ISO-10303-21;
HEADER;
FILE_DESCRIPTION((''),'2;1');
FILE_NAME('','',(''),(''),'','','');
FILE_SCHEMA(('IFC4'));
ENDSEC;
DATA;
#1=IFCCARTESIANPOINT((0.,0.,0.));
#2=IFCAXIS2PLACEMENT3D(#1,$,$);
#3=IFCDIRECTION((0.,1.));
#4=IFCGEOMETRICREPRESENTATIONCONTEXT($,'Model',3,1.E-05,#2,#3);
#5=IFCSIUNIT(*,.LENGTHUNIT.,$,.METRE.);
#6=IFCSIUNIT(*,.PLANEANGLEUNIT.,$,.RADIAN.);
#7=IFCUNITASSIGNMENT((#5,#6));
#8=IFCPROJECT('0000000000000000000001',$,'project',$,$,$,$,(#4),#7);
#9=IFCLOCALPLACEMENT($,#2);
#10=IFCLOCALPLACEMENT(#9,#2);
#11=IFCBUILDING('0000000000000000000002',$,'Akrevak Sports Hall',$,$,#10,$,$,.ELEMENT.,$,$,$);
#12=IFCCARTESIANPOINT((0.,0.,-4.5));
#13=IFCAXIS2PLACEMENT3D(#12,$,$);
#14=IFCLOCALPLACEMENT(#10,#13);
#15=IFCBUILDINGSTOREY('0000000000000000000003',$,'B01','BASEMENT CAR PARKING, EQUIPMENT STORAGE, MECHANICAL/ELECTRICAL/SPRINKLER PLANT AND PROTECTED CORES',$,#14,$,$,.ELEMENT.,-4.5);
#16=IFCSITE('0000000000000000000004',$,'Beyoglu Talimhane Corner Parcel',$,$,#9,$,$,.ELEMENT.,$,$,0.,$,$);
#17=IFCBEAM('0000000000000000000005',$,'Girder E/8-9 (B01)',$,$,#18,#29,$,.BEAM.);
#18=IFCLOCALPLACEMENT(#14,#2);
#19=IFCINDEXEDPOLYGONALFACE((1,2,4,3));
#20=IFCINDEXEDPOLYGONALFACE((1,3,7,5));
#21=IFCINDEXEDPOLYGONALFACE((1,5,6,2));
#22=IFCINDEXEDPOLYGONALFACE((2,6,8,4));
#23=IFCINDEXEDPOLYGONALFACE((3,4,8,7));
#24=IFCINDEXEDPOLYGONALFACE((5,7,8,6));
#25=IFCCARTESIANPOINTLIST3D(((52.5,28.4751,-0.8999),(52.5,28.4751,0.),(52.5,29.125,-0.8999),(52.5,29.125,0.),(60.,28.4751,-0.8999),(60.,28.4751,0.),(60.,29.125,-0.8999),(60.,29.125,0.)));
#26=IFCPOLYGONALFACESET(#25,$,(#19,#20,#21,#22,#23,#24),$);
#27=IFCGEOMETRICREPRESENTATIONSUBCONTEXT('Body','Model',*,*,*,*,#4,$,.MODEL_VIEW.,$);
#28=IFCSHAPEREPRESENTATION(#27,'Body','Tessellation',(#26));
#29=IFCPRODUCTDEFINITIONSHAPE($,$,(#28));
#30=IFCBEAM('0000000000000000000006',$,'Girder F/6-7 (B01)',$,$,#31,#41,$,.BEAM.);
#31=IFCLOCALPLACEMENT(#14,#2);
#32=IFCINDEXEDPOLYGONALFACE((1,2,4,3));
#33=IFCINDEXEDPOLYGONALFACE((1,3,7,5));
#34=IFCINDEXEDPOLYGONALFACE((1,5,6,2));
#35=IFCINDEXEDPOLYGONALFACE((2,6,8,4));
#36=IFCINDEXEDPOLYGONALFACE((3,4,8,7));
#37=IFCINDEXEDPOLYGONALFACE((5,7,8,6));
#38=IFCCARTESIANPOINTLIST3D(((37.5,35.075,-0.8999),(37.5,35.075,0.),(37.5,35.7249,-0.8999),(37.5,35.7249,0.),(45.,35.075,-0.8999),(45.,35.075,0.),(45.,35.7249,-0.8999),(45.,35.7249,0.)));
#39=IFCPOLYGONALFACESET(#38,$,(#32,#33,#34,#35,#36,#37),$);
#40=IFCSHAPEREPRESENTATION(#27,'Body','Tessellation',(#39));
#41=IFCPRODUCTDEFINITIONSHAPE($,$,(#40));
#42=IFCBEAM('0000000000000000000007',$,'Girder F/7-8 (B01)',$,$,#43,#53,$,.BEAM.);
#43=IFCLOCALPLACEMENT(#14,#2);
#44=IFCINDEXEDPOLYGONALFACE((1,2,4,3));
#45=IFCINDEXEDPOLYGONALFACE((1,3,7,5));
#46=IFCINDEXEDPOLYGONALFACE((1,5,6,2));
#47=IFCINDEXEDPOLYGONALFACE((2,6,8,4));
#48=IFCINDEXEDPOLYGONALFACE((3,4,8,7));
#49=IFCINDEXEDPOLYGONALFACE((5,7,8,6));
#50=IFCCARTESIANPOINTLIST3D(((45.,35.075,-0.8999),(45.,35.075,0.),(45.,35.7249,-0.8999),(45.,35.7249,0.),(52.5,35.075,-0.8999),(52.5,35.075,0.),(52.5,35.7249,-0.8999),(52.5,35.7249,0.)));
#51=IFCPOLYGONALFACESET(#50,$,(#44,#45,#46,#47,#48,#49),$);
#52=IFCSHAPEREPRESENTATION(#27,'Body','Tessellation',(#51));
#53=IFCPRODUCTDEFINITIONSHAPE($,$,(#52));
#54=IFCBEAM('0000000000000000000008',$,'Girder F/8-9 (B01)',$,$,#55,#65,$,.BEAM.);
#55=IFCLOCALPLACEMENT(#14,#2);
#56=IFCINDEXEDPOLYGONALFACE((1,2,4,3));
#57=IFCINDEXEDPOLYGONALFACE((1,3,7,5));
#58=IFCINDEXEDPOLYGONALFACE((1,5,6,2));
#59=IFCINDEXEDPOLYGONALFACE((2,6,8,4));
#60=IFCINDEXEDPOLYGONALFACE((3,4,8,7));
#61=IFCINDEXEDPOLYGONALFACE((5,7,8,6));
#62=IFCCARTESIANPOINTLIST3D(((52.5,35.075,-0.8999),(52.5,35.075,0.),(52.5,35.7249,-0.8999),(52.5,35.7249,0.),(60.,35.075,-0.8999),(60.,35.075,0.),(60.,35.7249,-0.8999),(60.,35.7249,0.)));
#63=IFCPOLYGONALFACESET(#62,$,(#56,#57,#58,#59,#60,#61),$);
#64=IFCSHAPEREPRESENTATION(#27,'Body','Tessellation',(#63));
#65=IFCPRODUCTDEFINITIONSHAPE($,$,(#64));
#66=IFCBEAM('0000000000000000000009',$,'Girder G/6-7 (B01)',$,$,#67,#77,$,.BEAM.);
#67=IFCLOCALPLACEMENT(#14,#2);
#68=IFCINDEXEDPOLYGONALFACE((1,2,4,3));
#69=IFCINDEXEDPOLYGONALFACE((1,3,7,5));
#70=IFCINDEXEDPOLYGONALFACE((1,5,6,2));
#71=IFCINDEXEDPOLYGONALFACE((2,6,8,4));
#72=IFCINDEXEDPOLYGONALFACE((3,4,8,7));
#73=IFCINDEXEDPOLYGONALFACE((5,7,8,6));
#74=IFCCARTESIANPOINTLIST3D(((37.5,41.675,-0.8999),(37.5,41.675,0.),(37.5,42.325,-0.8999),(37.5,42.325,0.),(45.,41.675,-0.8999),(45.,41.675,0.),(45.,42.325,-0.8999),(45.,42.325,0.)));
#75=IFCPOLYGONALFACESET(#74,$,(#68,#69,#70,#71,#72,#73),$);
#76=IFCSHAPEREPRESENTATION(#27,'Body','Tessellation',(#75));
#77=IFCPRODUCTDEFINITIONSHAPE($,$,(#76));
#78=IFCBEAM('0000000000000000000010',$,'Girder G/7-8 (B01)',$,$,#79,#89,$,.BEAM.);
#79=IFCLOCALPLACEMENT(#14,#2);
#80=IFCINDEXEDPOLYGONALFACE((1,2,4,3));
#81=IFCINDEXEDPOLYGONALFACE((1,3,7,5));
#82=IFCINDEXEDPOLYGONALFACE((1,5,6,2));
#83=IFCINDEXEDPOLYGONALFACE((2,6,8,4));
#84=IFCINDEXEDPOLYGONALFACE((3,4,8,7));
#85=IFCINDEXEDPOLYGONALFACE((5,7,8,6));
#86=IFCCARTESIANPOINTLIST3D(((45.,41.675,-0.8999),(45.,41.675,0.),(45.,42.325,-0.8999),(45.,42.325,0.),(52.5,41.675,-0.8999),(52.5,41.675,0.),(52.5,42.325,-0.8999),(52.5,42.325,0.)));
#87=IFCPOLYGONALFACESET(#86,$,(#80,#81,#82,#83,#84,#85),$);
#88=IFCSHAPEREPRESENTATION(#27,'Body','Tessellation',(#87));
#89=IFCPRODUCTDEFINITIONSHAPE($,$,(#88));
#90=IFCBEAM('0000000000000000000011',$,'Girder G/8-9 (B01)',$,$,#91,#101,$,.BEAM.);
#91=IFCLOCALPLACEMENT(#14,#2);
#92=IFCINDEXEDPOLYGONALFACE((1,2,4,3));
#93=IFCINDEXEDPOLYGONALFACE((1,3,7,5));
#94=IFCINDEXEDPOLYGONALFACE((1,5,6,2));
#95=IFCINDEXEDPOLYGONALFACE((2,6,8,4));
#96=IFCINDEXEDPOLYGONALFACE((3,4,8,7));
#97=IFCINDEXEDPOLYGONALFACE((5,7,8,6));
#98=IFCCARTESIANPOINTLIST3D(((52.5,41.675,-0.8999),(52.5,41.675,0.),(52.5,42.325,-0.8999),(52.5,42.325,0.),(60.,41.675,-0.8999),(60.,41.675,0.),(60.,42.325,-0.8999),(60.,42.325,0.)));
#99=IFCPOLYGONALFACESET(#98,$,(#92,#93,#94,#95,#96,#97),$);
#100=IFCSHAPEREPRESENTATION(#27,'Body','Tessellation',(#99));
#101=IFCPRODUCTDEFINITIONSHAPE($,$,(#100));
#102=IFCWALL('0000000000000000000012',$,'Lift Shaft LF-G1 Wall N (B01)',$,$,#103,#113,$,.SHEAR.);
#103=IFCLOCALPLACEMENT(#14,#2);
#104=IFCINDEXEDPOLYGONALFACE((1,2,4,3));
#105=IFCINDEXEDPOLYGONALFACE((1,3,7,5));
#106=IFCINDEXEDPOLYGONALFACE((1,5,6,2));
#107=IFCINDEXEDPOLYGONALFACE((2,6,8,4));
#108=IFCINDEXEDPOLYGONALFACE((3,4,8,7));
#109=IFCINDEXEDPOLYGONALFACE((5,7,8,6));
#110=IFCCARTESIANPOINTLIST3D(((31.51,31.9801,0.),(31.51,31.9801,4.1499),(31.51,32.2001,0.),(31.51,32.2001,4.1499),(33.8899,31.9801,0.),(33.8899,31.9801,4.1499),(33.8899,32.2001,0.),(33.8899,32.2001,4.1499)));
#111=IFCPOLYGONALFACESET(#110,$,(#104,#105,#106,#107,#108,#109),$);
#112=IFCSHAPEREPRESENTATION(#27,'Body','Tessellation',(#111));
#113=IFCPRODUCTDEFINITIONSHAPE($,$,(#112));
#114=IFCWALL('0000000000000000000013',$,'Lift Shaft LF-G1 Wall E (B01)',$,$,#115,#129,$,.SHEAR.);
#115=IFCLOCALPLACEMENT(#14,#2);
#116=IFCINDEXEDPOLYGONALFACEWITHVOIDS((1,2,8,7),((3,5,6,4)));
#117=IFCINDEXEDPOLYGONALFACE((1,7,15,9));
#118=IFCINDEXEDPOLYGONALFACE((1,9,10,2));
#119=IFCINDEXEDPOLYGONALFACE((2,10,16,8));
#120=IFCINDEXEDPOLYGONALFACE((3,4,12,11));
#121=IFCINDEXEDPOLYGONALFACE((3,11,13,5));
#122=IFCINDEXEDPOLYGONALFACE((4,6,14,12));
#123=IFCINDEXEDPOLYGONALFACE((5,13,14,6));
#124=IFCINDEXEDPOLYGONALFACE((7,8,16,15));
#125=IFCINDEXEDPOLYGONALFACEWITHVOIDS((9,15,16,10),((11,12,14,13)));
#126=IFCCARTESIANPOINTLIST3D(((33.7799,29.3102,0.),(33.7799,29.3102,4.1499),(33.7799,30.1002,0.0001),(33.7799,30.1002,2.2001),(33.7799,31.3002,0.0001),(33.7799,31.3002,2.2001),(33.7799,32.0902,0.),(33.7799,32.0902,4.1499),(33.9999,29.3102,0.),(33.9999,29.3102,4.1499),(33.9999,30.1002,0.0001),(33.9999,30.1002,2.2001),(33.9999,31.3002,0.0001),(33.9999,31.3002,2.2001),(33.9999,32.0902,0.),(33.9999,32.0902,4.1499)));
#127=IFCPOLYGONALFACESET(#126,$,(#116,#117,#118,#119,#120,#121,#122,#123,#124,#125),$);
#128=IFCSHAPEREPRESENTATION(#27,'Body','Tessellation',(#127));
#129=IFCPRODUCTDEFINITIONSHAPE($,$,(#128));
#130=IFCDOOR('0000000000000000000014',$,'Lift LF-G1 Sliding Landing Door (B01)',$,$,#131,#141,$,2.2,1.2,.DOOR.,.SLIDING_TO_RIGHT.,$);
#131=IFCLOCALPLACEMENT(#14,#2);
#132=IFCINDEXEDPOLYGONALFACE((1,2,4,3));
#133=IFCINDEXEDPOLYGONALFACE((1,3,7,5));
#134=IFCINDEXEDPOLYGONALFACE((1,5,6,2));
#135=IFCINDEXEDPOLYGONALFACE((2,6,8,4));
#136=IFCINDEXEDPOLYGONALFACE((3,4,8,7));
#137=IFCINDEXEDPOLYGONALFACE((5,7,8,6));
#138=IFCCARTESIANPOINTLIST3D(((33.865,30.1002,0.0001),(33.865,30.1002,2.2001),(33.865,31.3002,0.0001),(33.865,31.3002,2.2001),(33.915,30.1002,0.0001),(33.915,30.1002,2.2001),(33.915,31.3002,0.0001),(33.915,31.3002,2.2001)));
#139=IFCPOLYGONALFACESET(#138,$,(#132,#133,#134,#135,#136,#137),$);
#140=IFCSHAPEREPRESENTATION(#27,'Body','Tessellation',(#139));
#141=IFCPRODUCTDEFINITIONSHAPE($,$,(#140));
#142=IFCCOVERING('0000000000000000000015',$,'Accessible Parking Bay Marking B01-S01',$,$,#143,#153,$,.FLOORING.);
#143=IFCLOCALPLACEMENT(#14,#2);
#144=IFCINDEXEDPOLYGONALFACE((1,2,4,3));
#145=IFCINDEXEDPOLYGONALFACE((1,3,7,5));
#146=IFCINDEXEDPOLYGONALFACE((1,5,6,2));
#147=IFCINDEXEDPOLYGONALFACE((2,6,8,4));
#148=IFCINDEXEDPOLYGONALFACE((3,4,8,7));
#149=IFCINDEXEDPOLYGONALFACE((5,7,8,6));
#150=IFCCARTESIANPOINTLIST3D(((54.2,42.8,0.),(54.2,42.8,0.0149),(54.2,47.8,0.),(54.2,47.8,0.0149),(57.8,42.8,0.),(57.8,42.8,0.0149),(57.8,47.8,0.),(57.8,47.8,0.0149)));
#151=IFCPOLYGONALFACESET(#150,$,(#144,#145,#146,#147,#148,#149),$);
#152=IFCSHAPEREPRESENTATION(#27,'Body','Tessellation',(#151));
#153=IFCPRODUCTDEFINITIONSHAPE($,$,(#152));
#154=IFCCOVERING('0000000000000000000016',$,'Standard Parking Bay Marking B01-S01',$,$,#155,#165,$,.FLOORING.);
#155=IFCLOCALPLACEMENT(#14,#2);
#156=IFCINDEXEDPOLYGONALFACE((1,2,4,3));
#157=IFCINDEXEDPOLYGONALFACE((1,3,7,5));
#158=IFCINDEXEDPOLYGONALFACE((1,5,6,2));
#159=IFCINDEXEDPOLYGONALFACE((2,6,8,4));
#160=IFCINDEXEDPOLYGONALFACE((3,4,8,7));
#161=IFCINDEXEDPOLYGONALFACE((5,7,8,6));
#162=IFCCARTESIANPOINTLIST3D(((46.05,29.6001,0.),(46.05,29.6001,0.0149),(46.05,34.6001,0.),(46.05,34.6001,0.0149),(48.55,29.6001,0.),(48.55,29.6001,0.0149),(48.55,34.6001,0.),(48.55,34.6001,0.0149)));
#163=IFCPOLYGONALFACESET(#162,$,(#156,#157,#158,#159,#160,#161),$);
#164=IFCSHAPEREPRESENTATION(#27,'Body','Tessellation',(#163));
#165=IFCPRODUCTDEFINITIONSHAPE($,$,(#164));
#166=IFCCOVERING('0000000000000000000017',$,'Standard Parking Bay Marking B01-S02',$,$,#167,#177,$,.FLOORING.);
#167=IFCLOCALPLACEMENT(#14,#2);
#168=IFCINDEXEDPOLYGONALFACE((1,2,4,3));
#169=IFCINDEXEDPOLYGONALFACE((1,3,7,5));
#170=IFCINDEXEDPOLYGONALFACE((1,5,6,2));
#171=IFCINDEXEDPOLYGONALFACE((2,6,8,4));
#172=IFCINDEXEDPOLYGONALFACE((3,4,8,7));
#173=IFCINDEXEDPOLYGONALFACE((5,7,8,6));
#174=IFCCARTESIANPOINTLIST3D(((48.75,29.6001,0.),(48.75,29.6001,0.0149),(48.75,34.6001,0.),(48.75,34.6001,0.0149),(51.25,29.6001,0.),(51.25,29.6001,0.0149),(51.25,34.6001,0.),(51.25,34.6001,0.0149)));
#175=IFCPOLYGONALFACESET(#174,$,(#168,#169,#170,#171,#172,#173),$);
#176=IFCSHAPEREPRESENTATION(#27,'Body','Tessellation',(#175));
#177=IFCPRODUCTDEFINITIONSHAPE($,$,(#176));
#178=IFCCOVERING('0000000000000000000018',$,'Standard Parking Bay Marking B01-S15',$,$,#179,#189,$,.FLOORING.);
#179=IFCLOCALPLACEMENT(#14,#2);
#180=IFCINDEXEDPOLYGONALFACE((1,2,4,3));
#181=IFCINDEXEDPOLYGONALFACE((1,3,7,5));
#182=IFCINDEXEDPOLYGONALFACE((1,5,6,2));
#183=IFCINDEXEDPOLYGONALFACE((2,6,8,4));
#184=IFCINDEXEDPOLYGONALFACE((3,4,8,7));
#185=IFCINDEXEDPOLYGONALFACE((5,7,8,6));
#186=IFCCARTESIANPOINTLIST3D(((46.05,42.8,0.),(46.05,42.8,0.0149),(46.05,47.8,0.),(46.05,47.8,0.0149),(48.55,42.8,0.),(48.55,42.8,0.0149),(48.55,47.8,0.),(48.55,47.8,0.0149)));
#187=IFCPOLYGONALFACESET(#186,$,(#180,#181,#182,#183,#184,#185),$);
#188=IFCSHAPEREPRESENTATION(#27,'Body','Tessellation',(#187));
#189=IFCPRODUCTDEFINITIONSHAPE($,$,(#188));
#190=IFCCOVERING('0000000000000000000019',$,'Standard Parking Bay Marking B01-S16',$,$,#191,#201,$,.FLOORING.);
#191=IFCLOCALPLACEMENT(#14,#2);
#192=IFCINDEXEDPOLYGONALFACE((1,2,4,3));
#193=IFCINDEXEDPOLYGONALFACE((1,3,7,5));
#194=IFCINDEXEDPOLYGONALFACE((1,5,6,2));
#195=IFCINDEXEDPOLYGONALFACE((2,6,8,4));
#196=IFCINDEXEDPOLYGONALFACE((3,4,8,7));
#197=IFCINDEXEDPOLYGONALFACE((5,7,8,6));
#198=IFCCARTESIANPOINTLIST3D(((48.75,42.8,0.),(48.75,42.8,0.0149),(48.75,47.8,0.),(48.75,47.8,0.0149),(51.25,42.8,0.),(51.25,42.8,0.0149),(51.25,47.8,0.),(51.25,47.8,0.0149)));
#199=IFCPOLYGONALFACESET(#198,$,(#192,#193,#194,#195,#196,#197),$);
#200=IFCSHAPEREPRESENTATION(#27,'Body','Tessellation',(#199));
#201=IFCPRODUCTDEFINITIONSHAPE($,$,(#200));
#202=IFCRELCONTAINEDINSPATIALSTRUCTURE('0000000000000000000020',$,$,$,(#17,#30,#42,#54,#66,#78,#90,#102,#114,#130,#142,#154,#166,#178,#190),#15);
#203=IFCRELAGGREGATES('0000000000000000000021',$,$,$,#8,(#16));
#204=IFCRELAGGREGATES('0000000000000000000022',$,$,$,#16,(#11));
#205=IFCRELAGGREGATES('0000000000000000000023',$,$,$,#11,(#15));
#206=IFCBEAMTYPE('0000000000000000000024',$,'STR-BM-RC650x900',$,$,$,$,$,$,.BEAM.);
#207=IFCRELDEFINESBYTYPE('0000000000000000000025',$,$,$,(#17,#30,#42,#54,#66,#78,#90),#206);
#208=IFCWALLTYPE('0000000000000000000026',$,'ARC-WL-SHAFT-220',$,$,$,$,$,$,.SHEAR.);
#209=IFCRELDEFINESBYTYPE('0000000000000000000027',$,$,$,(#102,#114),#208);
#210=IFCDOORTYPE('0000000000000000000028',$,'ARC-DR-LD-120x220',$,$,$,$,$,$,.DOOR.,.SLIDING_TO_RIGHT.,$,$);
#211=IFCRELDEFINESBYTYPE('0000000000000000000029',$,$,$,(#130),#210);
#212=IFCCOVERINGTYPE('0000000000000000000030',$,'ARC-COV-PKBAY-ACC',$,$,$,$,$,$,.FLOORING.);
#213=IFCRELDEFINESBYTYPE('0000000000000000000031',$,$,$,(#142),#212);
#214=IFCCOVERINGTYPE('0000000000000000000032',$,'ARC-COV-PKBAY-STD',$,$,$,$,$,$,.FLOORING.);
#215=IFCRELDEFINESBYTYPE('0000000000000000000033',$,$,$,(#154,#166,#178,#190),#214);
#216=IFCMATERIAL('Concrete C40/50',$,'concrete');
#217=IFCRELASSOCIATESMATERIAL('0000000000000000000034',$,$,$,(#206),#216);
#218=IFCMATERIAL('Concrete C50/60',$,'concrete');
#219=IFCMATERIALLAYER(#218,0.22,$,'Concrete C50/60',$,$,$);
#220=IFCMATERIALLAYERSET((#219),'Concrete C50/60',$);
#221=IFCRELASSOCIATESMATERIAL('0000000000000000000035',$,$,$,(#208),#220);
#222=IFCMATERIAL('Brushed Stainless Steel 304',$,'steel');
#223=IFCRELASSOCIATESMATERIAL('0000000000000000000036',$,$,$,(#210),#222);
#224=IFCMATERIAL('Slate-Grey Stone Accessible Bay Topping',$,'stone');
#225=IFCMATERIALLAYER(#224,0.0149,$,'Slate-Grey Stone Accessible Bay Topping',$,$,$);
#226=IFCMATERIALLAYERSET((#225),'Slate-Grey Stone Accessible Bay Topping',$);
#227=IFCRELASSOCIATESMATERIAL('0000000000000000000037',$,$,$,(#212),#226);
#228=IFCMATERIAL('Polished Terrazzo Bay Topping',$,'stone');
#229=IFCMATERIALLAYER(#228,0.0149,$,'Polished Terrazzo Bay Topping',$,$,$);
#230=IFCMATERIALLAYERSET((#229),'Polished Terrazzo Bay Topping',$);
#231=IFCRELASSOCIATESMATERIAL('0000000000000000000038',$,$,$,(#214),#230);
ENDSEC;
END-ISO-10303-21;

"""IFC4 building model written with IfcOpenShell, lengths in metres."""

from ifc_helpers import new_model, si_unit, direction, frame, frame_2d, origin, origin_2d, place, context, subcontext, project, spatial, rectangle, extrude, material, layer, layer_set, material_profile, profile_set, type_object, element, fill, save


model = new_model("IFC4")

# Units and contexts
model_context = context("Model", 3, precision=1e-05, world=origin(), true_north=direction((0.0, 1.0)))
body_context = subcontext(model_context, "Body", "Model", "MODEL_VIEW")
ifc_project = project(units=[si_unit("LENGTHUNIT", "METRE"), si_unit("PLANEANGLEUNIT", "RADIAN")], contexts=[model_context])

# Site, building, storey
site_placement = place(None, origin())
site = spatial("IfcSite", under=ifc_project, at=site_placement, Name="Beyoglu Talimhane Corner Parcel", CompositionType="ELEMENT", RefElevation=0.0)
building_placement = place(site_placement, origin())
building = spatial("IfcBuilding", under=site, at=building_placement, Name="Akrevak Sports Hall", CompositionType="ELEMENT")
storey_placement = place(building_placement, frame((0.0, 0.0, -4.5)))
storey = spatial("IfcBuildingStorey", under=building, at=storey_placement, Name="B01", Description="BASEMENT CAR PARKING, EQUIPMENT STORAGE, MECHANICAL/ELECTRICAL/SPRINKLER PLANT AND PROTECTED CORES", CompositionType="ELEMENT", Elevation=-4.5)

# Shared definitions
ifc_material_1 = material(Name="Concrete C50/60", Category="concrete")
ifc_material_2 = material(Name="Concrete C40/50", Category="concrete")

# Beams
ifc_material_profile_1 = material_profile(ifc_material_2, rectangle(XDim=0.6499, YDim=0.8999, at=origin_2d()), Name="BM 650x900", Category="concrete")
ifc_profile_set_1 = profile_set([ifc_material_profile_1], Name="Concrete C40/50")
beam_type_1 = type_object("IfcBeamType", Name="STR-BM-RC650x900", PredefinedType="BEAM", material=ifc_profile_set_1)
for number, where, z_axis, x_axis, name in (
    (1, (52.5, 28.8, -0.45), (1.0, 0.0, 0.0), (0.0, 1.0, 0.0), "Girder E/8-9 (B01)"),
    (2, (37.5, 35.3999, -0.45), (1.0, 0.0, 0.0), (0.0, 1.0, 0.0), "Girder F/6-7 (B01)"),
    (3, (45.0, 35.3999, -0.45), (1.0, 0.0, 0.0), (0.0, 1.0, 0.0), "Girder F/7-8 (B01)"),
    (4, (52.5, 35.3999, -0.45), (1.0, 0.0, 0.0), (0.0, 1.0, 0.0), "Girder F/8-9 (B01)"),
    (5, (37.5, 42.0, -0.45), (1.0, 0.0, 0.0), (0.0, 1.0, 0.0), "Girder G/6-7 (B01)"),
    (6, (45.0, 42.0, -0.45), (1.0, 0.0, 0.0), (0.0, 1.0, 0.0), "Girder G/7-8 (B01)"),
    (7, (52.5, 42.0, -0.45), (1.0, 0.0, 0.0), (0.0, 1.0, 0.0), "Girder G/8-9 (B01)"),
):
    element("IfcBeam", number, at=place(storey_placement, frame(where, z_axis=z_axis, x_axis=x_axis)), inside=storey, type_object=beam_type_1, Name=name, PredefinedType="BEAM", context=body_context, shape_type="SweptSolid", body=[
        extrude(rectangle(XDim=0.6499, YDim=0.8999, at=origin_2d()), origin(), (0.0, 0.0, 1.0), 7.5),
    ])

# Wall
ifc_layer_1 = layer(ifc_material_1, 0.22, Name="Concrete C50/60")
ifc_layer_set_1 = layer_set([ifc_layer_1], Name="Concrete C50/60")
wall_type = type_object("IfcWallType", Name="ARC-WL-SHAFT-220", PredefinedType="SHEAR", material=ifc_layer_set_1)
wall_1_placement = place(storey_placement, frame((33.8899, 32.0901, 0.0), z_axis=(0.0, 0.0, 1.0), x_axis=(-1.0, 0.0, 0.0)))
element("IfcWall", 8, at=wall_1_placement, inside=storey, type_object=wall_type, Name="Lift Shaft LF-G1 Wall N (B01)", PredefinedType="SHEAR", context=body_context, shape_type="SweptSolid", body=[
    extrude(rectangle(XDim=2.3799, YDim=0.22, at=frame_2d((1.1899, 0.0))), origin(), (0.0, 0.0, 1.0), 4.1499),
])

# Wall, opening, door
wall_2_placement = place(storey_placement, frame((33.8899, 29.3101, 0.0), z_axis=(0.0, 0.0, 1.0), x_axis=(0.0, 1.0, 0.0)))
wall_2 = element("IfcWall", 9, at=wall_2_placement, inside=storey, type_object=wall_type, Name="Lift Shaft LF-G1 Wall E (B01)", PredefinedType="SHEAR", context=body_context, shape_type="SweptSolid", body=[
    extrude(rectangle(XDim=2.78, YDim=0.22, at=frame_2d((1.3901, 0.0))), origin(), (0.0, 0.0, 1.0), 4.1499),
])
opening_placement = place(wall_2_placement, frame((0.79, 0.0, 0.0)))
opening = element("IfcOpeningElement", 10, at=opening_placement, cuts=wall_2, PredefinedType="OPENING", context=body_context, shape_type="SweptSolid", body=[
    extrude(rectangle(XDim=1.2, YDim=2.2, at=frame_2d((0.6001, 1.1001))), frame((0.0, 0.1221, 0.0), z_axis=(0.0, -1.0, 0.0), x_axis=(1.0, 0.0, 0.0)), (0.0, 0.0, 1.0), 0.2439),
])
ifc_material_3 = material(Name="Brushed Stainless Steel 304", Category="steel")
door_type = type_object("IfcDoorType", Name="ARC-DR-LD-120x220", OperationType="SLIDING_TO_RIGHT", PredefinedType="DOOR", material=ifc_material_3)
door_placement = place(opening_placement, origin())
door = element("IfcDoor", 11, at=door_placement, inside=storey, type_object=door_type, Name="Lift LF-G1 Sliding Landing Door (B01)", OperationType="SLIDING_TO_RIGHT", OverallHeight=2.2, OverallWidth=1.2, PredefinedType="DOOR", context=body_context, shape_type="SweptSolid", body=[
    extrude(rectangle(XDim=1.2, YDim=2.2, at=frame_2d((0.6001, 1.1001))), frame((0.0, 0.0249, 0.0), z_axis=(0.0, -1.0, 0.0), x_axis=(1.0, 0.0, 0.0)), (0.0, 0.0, 1.0), 0.05),
])
fill(opening, door)

# Coverings
ifc_material_4 = material(Name="Slate-Grey Stone Accessible Bay Topping", Category="stone")
ifc_layer_2 = layer(ifc_material_4, 0.0149, Name="Slate-Grey Stone Accessible Bay Topping")
ifc_layer_set_2 = layer_set([ifc_layer_2], Name="Slate-Grey Stone Accessible Bay Topping")
covering_type_1 = type_object("IfcCoveringType", Name="ARC-COV-PKBAY-ACC", PredefinedType="FLOORING", material=ifc_layer_set_2)
covering_placement = place(storey_placement, frame((56.0, 45.3, 0.0), z_axis=(0.0, 0.0, 1.0), x_axis=(1.0, 0.0, 0.0)))
element("IfcCovering", 12, at=covering_placement, inside=storey, type_object=covering_type_1, Name="Accessible Parking Bay Marking B01-S01", PredefinedType="FLOORING", context=body_context, shape_type="SweptSolid", body=[
    extrude(rectangle(XDim=3.6001, YDim=5.0, at=origin_2d()), origin(), (0.0, 0.0, 1.0), 0.0149),
])
ifc_material_5 = material(Name="Polished Terrazzo Bay Topping", Category="stone")
ifc_layer_3 = layer(ifc_material_5, 0.0149, Name="Polished Terrazzo Bay Topping")
ifc_layer_set_3 = layer_set([ifc_layer_3], Name="Polished Terrazzo Bay Topping")
covering_type_2 = type_object("IfcCoveringType", Name="ARC-COV-PKBAY-STD", PredefinedType="FLOORING", material=ifc_layer_set_3)
for number, where, z_axis, x_axis, name in (
    (13, (47.3, 32.1001, 0.0), (0.0, 0.0, 1.0), (1.0, 0.0, 0.0), "Standard Parking Bay Marking B01-S01"),
    (14, (50.0, 32.1001, 0.0), (0.0, 0.0, 1.0), (1.0, 0.0, 0.0), "Standard Parking Bay Marking B01-S02"),
    (15, (47.3, 45.3, 0.0), (0.0, 0.0, 1.0), (1.0, 0.0, 0.0), "Standard Parking Bay Marking B01-S15"),
    (16, (50.0, 45.3, 0.0), (0.0, 0.0, 1.0), (1.0, 0.0, 0.0), "Standard Parking Bay Marking B01-S16"),
):
    element("IfcCovering", number, at=place(storey_placement, frame(where, z_axis=z_axis, x_axis=x_axis)), inside=storey, type_object=covering_type_2, Name=name, PredefinedType="FLOORING", context=body_context, shape_type="SweptSolid", body=[
        extrude(rectangle(XDim=2.5, YDim=5.0, at=origin_2d()), origin(), (0.0, 0.0, 1.0), 0.0149),
    ])

save(model, "model.ifc")
